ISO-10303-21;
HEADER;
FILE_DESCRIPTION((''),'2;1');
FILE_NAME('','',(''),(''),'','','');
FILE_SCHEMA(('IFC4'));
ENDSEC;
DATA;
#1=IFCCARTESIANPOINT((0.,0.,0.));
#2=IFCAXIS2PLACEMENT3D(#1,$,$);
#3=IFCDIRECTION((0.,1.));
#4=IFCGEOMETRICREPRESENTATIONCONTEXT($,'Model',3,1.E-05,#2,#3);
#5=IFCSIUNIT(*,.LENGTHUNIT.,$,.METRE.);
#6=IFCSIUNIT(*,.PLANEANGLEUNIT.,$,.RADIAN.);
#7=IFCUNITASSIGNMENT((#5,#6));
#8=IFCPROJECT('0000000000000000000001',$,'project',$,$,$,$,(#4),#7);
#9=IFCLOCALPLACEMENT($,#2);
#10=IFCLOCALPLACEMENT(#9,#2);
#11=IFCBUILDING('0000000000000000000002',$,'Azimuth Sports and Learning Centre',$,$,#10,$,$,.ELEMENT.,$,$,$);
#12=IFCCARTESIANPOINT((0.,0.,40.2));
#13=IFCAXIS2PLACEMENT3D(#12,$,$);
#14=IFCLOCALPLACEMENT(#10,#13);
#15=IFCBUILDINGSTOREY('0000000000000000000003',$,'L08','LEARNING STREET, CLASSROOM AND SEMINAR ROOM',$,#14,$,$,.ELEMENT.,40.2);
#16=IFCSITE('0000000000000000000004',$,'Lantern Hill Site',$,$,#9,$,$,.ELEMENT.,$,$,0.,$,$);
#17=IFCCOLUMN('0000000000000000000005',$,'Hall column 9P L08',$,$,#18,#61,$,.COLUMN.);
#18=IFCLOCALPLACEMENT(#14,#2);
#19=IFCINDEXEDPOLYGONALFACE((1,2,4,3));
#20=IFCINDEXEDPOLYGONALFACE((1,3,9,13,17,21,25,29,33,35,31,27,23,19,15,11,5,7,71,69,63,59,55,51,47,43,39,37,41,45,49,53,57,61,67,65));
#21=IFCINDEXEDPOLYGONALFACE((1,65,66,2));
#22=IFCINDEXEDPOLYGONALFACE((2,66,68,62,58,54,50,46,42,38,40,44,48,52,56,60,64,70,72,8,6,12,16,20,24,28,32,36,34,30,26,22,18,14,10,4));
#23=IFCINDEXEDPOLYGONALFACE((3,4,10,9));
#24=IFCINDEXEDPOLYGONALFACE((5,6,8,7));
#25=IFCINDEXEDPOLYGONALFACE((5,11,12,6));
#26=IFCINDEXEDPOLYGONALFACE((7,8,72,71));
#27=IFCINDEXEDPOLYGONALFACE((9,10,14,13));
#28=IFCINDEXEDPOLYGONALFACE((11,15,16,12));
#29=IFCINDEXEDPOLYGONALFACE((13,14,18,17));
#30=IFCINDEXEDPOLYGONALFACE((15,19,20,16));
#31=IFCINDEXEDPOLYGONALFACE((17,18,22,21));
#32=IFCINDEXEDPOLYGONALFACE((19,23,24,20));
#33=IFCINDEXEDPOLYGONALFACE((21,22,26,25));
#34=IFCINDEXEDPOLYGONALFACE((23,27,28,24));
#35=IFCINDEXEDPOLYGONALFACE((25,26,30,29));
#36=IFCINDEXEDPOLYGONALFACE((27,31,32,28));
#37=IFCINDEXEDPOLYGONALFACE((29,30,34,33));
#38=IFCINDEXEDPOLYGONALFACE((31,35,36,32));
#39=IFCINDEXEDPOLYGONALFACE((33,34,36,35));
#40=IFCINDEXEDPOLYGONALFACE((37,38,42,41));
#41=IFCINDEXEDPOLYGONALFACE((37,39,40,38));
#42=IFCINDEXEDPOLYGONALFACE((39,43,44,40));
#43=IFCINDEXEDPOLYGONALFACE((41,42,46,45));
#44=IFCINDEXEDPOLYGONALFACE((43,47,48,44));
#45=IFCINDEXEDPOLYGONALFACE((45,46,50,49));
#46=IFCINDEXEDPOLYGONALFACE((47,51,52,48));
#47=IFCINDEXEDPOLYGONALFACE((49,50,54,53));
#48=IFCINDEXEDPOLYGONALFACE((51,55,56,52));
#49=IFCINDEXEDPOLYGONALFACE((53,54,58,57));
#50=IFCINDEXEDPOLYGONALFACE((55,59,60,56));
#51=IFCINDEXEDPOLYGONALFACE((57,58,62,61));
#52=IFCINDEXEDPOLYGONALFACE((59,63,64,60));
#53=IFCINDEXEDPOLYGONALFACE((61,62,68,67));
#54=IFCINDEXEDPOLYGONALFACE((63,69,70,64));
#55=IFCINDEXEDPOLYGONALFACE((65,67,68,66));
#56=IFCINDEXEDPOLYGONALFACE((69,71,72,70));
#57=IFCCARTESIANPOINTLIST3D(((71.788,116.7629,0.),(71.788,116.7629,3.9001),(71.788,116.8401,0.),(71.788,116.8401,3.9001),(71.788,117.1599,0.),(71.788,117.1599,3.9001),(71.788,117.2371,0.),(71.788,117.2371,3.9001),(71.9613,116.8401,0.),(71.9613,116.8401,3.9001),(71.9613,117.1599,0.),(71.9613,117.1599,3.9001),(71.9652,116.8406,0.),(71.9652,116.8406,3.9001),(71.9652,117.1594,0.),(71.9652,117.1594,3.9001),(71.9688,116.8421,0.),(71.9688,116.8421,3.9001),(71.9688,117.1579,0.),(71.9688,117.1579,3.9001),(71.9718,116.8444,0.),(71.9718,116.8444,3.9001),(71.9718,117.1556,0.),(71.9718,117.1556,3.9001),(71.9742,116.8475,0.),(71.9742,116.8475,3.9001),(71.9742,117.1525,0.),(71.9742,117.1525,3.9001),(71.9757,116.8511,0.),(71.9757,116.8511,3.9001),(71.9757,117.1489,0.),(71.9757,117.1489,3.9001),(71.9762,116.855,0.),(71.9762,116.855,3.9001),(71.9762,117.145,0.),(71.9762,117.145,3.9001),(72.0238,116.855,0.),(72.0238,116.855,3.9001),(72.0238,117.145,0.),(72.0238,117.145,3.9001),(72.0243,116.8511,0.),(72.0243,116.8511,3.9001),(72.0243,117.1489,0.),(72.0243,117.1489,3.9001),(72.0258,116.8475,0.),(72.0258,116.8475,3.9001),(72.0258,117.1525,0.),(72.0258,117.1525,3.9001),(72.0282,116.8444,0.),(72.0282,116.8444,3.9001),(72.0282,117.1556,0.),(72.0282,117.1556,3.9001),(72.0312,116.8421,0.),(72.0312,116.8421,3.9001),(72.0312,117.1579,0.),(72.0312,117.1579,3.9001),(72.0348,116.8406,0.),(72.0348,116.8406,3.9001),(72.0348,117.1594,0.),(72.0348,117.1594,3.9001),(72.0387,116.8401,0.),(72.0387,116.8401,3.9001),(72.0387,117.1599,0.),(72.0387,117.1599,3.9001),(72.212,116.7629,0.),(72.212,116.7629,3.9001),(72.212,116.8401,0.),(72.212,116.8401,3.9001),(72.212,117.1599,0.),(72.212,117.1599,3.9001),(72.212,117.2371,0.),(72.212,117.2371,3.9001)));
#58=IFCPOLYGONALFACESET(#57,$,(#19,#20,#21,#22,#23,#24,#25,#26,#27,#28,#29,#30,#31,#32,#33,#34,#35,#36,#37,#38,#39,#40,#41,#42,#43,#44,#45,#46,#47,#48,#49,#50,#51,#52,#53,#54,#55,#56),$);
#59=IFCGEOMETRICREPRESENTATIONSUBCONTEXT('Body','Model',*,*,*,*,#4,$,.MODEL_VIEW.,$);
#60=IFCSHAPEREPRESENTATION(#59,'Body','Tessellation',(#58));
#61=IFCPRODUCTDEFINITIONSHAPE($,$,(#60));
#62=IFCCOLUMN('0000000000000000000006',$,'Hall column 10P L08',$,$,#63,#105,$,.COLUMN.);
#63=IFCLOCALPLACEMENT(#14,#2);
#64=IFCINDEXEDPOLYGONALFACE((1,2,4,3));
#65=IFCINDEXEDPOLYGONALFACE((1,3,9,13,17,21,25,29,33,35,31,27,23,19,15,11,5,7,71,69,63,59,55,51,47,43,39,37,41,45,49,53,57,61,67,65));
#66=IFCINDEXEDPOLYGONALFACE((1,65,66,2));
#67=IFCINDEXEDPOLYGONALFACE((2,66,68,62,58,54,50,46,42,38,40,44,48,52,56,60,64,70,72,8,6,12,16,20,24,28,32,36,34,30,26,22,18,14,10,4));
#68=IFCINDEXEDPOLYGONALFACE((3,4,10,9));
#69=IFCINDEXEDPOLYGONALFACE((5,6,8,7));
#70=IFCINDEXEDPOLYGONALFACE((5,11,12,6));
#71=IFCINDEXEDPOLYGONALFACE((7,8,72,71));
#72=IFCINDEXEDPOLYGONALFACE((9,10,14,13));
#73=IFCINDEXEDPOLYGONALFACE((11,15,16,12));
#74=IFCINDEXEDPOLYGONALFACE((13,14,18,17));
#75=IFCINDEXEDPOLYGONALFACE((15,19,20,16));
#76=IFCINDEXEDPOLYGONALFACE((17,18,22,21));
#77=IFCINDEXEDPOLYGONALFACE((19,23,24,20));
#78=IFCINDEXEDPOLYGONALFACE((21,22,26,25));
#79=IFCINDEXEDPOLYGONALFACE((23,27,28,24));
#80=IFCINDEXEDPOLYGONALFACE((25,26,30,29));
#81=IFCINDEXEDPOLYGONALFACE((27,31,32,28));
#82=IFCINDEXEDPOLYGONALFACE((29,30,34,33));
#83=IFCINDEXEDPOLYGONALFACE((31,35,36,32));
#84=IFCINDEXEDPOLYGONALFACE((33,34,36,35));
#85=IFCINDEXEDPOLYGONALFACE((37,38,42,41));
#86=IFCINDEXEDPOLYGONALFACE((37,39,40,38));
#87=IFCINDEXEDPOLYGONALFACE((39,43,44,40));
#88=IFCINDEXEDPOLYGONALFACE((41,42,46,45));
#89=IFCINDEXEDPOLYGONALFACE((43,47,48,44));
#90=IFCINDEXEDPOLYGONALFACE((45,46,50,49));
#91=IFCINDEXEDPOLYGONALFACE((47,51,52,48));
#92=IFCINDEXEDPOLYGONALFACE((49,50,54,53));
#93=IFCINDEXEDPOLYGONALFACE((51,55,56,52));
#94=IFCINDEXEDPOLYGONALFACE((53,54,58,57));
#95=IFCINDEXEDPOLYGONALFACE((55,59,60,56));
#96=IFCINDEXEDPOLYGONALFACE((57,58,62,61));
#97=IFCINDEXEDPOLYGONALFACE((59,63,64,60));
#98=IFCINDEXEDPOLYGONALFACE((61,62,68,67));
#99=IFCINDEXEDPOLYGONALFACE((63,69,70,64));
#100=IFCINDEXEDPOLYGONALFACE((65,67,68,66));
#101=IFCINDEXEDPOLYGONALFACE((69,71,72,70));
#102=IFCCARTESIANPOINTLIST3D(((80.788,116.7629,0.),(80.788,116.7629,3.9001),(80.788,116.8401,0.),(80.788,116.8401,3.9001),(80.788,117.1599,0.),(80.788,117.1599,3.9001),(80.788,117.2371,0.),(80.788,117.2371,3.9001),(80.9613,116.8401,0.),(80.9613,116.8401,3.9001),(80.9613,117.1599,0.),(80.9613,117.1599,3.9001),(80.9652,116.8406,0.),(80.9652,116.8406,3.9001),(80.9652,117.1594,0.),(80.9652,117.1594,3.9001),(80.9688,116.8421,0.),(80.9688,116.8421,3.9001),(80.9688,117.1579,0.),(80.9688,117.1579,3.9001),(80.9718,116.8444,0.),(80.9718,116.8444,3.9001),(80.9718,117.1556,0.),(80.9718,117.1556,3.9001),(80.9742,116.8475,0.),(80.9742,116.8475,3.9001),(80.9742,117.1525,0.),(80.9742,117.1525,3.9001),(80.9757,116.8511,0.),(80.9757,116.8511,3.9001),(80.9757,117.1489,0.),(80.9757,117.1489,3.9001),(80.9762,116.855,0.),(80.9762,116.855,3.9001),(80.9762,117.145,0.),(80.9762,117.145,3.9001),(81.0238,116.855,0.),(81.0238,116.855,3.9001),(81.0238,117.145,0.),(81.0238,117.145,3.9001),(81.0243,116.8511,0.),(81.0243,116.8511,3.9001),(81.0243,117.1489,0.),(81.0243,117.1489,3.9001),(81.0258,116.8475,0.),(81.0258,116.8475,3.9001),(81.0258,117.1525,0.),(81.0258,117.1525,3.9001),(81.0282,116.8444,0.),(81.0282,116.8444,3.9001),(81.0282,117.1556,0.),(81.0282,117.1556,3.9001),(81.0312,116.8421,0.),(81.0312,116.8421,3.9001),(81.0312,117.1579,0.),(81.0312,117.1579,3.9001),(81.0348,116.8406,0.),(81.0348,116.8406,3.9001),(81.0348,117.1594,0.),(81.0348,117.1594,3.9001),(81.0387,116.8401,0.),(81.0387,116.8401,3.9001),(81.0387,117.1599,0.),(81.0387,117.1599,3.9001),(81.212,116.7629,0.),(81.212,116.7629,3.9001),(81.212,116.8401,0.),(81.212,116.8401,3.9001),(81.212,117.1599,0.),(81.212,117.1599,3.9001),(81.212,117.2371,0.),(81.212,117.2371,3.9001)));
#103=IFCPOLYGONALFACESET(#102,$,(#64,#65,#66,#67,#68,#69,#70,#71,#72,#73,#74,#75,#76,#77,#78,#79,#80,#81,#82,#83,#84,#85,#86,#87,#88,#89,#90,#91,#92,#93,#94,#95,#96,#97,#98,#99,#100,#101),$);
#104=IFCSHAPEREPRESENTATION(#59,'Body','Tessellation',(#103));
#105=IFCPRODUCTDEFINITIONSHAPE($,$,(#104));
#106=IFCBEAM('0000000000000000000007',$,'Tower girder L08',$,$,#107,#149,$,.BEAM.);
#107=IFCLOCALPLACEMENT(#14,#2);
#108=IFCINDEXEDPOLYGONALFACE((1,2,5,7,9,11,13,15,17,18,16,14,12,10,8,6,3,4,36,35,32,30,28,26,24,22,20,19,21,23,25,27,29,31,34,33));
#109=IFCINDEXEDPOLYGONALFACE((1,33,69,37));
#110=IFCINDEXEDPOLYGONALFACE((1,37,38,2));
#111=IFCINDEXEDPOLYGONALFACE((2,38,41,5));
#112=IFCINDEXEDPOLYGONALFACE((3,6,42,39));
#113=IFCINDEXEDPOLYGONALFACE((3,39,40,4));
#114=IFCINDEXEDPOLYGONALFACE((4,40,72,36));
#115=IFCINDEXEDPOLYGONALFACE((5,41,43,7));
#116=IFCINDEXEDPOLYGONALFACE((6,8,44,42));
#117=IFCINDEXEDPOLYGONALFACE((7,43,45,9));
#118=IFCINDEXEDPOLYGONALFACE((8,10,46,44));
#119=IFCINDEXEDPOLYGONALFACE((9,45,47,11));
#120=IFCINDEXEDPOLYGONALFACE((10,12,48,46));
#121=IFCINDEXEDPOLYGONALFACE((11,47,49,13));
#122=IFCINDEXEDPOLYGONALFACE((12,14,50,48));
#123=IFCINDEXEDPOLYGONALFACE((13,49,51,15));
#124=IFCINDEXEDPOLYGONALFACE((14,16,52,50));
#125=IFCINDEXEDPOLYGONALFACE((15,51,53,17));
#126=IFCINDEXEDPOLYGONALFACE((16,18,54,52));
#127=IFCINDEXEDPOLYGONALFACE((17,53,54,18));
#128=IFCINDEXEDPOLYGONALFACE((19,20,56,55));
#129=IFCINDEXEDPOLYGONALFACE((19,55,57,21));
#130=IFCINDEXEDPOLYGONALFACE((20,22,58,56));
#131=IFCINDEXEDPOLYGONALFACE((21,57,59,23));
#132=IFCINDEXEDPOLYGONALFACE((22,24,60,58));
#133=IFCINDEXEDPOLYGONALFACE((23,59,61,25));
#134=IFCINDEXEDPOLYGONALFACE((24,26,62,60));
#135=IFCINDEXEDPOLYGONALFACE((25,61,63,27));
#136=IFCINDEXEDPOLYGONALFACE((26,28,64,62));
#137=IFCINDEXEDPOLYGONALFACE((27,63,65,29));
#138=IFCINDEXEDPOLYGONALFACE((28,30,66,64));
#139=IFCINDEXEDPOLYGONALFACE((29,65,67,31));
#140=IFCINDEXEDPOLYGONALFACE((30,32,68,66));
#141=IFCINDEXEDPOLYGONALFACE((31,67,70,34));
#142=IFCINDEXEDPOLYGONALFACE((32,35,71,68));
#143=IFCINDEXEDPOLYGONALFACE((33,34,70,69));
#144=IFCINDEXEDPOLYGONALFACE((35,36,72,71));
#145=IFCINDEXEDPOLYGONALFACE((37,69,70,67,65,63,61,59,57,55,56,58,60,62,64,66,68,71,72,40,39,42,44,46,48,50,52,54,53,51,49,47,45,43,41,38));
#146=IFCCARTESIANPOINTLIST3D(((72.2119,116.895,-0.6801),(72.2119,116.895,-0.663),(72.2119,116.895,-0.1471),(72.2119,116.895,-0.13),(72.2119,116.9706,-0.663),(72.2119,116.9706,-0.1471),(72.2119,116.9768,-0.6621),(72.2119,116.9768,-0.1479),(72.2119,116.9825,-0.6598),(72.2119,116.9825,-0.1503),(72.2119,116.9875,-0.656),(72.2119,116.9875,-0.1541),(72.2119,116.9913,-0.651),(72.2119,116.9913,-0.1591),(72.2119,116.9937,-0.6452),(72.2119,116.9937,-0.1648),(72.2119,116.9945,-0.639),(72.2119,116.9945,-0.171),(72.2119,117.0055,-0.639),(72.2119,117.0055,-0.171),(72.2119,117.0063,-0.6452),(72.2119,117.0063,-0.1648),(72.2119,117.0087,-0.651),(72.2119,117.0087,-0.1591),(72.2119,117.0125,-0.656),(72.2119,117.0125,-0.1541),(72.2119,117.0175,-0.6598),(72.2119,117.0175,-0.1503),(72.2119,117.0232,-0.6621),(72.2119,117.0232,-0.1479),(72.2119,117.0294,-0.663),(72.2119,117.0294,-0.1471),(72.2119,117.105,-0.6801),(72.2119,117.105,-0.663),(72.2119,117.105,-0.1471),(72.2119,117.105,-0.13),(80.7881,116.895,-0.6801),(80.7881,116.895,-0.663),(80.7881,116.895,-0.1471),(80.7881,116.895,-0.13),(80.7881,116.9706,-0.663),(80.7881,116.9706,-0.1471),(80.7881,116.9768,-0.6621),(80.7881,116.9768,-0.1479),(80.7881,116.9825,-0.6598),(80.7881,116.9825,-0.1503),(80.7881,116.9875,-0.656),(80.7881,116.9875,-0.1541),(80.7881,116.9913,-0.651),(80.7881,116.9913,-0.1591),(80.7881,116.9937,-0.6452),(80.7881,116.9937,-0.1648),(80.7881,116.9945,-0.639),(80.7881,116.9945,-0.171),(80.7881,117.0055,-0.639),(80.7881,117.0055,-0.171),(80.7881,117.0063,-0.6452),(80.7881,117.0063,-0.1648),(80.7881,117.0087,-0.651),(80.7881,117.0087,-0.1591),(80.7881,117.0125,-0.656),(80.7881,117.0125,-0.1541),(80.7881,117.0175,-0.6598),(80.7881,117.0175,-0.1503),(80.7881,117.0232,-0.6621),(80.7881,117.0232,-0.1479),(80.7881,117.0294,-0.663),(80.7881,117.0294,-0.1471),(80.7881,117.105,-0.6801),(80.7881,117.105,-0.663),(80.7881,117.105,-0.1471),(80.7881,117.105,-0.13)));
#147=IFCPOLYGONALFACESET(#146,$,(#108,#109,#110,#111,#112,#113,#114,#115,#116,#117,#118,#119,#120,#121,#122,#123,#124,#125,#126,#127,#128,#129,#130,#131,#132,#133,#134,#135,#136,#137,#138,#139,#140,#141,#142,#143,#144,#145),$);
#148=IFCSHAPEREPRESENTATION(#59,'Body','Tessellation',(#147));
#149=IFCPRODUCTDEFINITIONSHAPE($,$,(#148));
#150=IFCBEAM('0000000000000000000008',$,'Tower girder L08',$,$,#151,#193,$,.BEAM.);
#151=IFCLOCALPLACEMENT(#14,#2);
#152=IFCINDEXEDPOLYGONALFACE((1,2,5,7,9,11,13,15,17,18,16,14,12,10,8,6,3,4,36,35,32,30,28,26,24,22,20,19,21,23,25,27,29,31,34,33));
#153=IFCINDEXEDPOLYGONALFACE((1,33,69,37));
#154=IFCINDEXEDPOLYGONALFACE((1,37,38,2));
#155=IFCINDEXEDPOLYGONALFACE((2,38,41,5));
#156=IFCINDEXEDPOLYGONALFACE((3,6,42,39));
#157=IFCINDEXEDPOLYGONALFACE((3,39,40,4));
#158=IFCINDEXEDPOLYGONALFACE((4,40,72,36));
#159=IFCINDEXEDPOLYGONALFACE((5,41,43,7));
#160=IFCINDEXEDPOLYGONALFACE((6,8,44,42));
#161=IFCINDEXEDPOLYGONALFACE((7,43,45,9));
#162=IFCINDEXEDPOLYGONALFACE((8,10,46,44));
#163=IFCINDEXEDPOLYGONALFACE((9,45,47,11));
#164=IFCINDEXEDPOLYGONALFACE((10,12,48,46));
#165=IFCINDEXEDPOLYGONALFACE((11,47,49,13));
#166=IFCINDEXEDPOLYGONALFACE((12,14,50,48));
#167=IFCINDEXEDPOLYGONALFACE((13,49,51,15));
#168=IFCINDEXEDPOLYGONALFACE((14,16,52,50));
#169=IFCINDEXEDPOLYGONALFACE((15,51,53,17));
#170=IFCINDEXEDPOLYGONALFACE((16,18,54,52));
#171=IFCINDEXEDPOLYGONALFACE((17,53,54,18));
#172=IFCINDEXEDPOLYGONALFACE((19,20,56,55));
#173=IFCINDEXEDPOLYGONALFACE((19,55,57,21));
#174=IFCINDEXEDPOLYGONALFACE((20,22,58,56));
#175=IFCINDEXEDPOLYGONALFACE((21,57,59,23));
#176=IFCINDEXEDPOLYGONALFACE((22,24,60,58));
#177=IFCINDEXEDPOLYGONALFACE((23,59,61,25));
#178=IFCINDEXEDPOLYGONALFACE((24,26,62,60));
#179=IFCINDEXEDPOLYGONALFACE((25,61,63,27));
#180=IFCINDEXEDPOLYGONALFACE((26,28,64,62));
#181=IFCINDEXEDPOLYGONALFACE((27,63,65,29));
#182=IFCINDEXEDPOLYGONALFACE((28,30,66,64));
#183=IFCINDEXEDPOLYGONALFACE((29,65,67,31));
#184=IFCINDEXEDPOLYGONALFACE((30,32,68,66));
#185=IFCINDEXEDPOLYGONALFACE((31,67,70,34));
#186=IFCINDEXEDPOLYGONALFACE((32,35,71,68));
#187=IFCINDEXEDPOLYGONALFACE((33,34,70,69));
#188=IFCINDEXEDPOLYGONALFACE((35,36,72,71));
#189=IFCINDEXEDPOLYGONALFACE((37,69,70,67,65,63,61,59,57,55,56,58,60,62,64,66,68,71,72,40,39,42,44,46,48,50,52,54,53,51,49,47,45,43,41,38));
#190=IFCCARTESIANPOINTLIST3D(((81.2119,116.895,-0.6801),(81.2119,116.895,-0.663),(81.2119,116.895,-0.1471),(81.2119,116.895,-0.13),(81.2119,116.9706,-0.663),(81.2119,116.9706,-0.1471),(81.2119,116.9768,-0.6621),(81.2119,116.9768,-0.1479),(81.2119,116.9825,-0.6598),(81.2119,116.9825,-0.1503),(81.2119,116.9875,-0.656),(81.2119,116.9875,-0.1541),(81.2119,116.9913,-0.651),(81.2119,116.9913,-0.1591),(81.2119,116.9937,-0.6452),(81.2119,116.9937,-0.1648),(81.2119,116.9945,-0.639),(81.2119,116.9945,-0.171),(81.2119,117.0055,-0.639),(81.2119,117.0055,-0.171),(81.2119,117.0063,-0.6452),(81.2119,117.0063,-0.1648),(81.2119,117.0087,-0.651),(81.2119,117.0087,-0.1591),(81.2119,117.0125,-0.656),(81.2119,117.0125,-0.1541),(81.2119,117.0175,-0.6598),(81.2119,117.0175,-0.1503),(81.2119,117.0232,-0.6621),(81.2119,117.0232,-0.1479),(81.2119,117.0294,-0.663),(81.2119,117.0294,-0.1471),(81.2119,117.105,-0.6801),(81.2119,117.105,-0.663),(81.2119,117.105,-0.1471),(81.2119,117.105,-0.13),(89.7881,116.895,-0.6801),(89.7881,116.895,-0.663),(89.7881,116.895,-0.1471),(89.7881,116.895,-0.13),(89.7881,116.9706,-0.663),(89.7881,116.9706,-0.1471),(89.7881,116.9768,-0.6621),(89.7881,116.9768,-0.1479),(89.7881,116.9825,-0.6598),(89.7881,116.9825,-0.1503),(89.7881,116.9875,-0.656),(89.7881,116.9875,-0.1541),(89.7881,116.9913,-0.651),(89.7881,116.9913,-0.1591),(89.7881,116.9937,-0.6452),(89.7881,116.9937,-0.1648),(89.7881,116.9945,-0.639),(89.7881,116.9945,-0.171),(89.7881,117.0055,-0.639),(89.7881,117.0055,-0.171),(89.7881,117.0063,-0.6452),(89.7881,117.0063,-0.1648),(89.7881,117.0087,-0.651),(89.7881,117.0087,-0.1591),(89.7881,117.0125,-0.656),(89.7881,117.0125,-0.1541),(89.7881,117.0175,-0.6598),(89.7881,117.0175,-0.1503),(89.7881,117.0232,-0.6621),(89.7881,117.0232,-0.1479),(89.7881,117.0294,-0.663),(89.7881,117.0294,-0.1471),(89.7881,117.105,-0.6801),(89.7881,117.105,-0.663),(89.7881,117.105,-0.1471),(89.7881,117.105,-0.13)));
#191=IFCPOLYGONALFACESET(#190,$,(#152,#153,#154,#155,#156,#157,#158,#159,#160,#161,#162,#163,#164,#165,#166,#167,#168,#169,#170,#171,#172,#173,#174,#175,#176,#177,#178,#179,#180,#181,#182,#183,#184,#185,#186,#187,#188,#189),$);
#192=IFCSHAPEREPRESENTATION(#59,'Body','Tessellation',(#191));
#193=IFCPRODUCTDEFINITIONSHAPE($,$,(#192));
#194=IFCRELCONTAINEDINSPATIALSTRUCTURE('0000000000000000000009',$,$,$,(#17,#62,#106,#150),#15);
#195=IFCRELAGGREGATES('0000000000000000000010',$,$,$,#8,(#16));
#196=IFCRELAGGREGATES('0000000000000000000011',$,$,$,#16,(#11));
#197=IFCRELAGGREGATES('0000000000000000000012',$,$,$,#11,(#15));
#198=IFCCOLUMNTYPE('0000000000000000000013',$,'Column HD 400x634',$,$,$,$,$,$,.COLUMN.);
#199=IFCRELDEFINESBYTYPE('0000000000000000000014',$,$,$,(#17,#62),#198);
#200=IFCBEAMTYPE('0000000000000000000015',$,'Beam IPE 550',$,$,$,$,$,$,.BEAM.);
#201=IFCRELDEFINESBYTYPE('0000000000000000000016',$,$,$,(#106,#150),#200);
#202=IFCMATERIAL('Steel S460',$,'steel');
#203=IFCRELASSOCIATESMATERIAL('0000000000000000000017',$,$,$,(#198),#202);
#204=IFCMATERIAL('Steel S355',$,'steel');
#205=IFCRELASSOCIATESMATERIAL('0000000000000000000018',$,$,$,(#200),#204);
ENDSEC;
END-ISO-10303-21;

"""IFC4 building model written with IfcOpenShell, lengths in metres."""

from ifc_helpers import new_model, si_unit, direction, frame, origin, origin_2d, place, context, subcontext, project, spatial, i_section, extrude, material, material_profile, profile_set, type_object, element, save


model = new_model("IFC4")

# Units and contexts
model_context = context("Model", 3, precision=1e-05, world=origin(), true_north=direction((0.0, 1.0)))
body_context = subcontext(model_context, "Body", "Model", "MODEL_VIEW")
ifc_project = project(units=[si_unit("LENGTHUNIT", "METRE"), si_unit("PLANEANGLEUNIT", "RADIAN")], contexts=[model_context])

# Site, building, storey
site_placement = place(None, origin())
site = spatial("IfcSite", under=ifc_project, at=site_placement, Name="Lantern Hill Site", CompositionType="ELEMENT", RefElevation=0.0)
building_placement = place(site_placement, origin())
building = spatial("IfcBuilding", under=site, at=building_placement, Name="Azimuth Sports and Learning Centre", CompositionType="ELEMENT")
storey_placement = place(building_placement, frame((0.0, 0.0, 40.2)))
storey = spatial("IfcBuildingStorey", under=building, at=storey_placement, Name="L08", Description="LEARNING STREET, CLASSROOM AND SEMINAR ROOM", CompositionType="ELEMENT", Elevation=40.2)

# Columns
ifc_material_1 = material(Name="Steel S460", Category="steel")
ifc_material_profile_1 = material_profile(ifc_material_1, i_section(OverallWidth=0.4241, OverallDepth=0.4741, WebThickness=0.0476, FlangeThickness=0.0771, FilletRadius=0.0149, at=origin_2d()), Name="HD 400x634")
ifc_profile_set_1 = profile_set([ifc_material_profile_1], Name="Steel S460")
column_type = type_object("IfcColumnType", Name="Column HD 400x634", PredefinedType="COLUMN", material=ifc_profile_set_1)
for number, where, z_axis, x_axis, name in (
    (1, (72.0, 117.0, 0.0), (0.0, 0.0, 1.0), (1.0, 0.0, 0.0), "Hall column 9P L08"),
    (2, (81.0, 117.0, 0.0), (0.0, 0.0, 1.0), (1.0, 0.0, 0.0), "Hall column 10P L08"),
):
    element("IfcColumn", number, at=place(storey_placement, frame(where, z_axis=z_axis, x_axis=x_axis)), inside=storey, type_object=column_type, Name=name, PredefinedType="COLUMN", context=body_context, shape_type="SweptSolid", body=[
        extrude(i_section(OverallWidth=0.4241, OverallDepth=0.4741, WebThickness=0.0476, FlangeThickness=0.0771, FilletRadius=0.0149, at=origin_2d()), origin(), (0.0, 0.0, 1.0), 3.9001),
    ])

# Beams
ifc_material_2 = material(Name="Steel S355", Category="steel")
ifc_material_profile_2 = material_profile(ifc_material_2, i_section(OverallWidth=0.21, OverallDepth=0.55, WebThickness=0.011, FlangeThickness=0.0171, FilletRadius=0.0239, at=origin_2d()), Name="IPE 550")
ifc_profile_set_2 = profile_set([ifc_material_profile_2], Name="Steel S355")
beam_type_1 = type_object("IfcBeamType", Name="Beam IPE 550", PredefinedType="BEAM", material=ifc_profile_set_2)
for number, where, z_axis, x_axis, name in (
    (3, (72.2119, 117.0, -0.405), (1.0, 0.0, 0.0), (0.0, 1.0, 0.0), "Tower girder L08"),
    (4, (81.2119, 117.0, -0.405), (1.0, 0.0, 0.0), (0.0, 1.0, 0.0), "Tower girder L08"),
):
    element("IfcBeam", number, at=place(storey_placement, frame(where, z_axis=z_axis, x_axis=x_axis)), inside=storey, type_object=beam_type_1, Name=name, PredefinedType="BEAM", context=body_context, shape_type="SweptSolid", body=[
        extrude(i_section(OverallWidth=0.21, OverallDepth=0.55, WebThickness=0.011, FlangeThickness=0.0171, FilletRadius=0.0239, at=origin_2d()), origin(), (0.0, 0.0, 1.0), 8.5762),
    ])

save(model, "model.ifc")
